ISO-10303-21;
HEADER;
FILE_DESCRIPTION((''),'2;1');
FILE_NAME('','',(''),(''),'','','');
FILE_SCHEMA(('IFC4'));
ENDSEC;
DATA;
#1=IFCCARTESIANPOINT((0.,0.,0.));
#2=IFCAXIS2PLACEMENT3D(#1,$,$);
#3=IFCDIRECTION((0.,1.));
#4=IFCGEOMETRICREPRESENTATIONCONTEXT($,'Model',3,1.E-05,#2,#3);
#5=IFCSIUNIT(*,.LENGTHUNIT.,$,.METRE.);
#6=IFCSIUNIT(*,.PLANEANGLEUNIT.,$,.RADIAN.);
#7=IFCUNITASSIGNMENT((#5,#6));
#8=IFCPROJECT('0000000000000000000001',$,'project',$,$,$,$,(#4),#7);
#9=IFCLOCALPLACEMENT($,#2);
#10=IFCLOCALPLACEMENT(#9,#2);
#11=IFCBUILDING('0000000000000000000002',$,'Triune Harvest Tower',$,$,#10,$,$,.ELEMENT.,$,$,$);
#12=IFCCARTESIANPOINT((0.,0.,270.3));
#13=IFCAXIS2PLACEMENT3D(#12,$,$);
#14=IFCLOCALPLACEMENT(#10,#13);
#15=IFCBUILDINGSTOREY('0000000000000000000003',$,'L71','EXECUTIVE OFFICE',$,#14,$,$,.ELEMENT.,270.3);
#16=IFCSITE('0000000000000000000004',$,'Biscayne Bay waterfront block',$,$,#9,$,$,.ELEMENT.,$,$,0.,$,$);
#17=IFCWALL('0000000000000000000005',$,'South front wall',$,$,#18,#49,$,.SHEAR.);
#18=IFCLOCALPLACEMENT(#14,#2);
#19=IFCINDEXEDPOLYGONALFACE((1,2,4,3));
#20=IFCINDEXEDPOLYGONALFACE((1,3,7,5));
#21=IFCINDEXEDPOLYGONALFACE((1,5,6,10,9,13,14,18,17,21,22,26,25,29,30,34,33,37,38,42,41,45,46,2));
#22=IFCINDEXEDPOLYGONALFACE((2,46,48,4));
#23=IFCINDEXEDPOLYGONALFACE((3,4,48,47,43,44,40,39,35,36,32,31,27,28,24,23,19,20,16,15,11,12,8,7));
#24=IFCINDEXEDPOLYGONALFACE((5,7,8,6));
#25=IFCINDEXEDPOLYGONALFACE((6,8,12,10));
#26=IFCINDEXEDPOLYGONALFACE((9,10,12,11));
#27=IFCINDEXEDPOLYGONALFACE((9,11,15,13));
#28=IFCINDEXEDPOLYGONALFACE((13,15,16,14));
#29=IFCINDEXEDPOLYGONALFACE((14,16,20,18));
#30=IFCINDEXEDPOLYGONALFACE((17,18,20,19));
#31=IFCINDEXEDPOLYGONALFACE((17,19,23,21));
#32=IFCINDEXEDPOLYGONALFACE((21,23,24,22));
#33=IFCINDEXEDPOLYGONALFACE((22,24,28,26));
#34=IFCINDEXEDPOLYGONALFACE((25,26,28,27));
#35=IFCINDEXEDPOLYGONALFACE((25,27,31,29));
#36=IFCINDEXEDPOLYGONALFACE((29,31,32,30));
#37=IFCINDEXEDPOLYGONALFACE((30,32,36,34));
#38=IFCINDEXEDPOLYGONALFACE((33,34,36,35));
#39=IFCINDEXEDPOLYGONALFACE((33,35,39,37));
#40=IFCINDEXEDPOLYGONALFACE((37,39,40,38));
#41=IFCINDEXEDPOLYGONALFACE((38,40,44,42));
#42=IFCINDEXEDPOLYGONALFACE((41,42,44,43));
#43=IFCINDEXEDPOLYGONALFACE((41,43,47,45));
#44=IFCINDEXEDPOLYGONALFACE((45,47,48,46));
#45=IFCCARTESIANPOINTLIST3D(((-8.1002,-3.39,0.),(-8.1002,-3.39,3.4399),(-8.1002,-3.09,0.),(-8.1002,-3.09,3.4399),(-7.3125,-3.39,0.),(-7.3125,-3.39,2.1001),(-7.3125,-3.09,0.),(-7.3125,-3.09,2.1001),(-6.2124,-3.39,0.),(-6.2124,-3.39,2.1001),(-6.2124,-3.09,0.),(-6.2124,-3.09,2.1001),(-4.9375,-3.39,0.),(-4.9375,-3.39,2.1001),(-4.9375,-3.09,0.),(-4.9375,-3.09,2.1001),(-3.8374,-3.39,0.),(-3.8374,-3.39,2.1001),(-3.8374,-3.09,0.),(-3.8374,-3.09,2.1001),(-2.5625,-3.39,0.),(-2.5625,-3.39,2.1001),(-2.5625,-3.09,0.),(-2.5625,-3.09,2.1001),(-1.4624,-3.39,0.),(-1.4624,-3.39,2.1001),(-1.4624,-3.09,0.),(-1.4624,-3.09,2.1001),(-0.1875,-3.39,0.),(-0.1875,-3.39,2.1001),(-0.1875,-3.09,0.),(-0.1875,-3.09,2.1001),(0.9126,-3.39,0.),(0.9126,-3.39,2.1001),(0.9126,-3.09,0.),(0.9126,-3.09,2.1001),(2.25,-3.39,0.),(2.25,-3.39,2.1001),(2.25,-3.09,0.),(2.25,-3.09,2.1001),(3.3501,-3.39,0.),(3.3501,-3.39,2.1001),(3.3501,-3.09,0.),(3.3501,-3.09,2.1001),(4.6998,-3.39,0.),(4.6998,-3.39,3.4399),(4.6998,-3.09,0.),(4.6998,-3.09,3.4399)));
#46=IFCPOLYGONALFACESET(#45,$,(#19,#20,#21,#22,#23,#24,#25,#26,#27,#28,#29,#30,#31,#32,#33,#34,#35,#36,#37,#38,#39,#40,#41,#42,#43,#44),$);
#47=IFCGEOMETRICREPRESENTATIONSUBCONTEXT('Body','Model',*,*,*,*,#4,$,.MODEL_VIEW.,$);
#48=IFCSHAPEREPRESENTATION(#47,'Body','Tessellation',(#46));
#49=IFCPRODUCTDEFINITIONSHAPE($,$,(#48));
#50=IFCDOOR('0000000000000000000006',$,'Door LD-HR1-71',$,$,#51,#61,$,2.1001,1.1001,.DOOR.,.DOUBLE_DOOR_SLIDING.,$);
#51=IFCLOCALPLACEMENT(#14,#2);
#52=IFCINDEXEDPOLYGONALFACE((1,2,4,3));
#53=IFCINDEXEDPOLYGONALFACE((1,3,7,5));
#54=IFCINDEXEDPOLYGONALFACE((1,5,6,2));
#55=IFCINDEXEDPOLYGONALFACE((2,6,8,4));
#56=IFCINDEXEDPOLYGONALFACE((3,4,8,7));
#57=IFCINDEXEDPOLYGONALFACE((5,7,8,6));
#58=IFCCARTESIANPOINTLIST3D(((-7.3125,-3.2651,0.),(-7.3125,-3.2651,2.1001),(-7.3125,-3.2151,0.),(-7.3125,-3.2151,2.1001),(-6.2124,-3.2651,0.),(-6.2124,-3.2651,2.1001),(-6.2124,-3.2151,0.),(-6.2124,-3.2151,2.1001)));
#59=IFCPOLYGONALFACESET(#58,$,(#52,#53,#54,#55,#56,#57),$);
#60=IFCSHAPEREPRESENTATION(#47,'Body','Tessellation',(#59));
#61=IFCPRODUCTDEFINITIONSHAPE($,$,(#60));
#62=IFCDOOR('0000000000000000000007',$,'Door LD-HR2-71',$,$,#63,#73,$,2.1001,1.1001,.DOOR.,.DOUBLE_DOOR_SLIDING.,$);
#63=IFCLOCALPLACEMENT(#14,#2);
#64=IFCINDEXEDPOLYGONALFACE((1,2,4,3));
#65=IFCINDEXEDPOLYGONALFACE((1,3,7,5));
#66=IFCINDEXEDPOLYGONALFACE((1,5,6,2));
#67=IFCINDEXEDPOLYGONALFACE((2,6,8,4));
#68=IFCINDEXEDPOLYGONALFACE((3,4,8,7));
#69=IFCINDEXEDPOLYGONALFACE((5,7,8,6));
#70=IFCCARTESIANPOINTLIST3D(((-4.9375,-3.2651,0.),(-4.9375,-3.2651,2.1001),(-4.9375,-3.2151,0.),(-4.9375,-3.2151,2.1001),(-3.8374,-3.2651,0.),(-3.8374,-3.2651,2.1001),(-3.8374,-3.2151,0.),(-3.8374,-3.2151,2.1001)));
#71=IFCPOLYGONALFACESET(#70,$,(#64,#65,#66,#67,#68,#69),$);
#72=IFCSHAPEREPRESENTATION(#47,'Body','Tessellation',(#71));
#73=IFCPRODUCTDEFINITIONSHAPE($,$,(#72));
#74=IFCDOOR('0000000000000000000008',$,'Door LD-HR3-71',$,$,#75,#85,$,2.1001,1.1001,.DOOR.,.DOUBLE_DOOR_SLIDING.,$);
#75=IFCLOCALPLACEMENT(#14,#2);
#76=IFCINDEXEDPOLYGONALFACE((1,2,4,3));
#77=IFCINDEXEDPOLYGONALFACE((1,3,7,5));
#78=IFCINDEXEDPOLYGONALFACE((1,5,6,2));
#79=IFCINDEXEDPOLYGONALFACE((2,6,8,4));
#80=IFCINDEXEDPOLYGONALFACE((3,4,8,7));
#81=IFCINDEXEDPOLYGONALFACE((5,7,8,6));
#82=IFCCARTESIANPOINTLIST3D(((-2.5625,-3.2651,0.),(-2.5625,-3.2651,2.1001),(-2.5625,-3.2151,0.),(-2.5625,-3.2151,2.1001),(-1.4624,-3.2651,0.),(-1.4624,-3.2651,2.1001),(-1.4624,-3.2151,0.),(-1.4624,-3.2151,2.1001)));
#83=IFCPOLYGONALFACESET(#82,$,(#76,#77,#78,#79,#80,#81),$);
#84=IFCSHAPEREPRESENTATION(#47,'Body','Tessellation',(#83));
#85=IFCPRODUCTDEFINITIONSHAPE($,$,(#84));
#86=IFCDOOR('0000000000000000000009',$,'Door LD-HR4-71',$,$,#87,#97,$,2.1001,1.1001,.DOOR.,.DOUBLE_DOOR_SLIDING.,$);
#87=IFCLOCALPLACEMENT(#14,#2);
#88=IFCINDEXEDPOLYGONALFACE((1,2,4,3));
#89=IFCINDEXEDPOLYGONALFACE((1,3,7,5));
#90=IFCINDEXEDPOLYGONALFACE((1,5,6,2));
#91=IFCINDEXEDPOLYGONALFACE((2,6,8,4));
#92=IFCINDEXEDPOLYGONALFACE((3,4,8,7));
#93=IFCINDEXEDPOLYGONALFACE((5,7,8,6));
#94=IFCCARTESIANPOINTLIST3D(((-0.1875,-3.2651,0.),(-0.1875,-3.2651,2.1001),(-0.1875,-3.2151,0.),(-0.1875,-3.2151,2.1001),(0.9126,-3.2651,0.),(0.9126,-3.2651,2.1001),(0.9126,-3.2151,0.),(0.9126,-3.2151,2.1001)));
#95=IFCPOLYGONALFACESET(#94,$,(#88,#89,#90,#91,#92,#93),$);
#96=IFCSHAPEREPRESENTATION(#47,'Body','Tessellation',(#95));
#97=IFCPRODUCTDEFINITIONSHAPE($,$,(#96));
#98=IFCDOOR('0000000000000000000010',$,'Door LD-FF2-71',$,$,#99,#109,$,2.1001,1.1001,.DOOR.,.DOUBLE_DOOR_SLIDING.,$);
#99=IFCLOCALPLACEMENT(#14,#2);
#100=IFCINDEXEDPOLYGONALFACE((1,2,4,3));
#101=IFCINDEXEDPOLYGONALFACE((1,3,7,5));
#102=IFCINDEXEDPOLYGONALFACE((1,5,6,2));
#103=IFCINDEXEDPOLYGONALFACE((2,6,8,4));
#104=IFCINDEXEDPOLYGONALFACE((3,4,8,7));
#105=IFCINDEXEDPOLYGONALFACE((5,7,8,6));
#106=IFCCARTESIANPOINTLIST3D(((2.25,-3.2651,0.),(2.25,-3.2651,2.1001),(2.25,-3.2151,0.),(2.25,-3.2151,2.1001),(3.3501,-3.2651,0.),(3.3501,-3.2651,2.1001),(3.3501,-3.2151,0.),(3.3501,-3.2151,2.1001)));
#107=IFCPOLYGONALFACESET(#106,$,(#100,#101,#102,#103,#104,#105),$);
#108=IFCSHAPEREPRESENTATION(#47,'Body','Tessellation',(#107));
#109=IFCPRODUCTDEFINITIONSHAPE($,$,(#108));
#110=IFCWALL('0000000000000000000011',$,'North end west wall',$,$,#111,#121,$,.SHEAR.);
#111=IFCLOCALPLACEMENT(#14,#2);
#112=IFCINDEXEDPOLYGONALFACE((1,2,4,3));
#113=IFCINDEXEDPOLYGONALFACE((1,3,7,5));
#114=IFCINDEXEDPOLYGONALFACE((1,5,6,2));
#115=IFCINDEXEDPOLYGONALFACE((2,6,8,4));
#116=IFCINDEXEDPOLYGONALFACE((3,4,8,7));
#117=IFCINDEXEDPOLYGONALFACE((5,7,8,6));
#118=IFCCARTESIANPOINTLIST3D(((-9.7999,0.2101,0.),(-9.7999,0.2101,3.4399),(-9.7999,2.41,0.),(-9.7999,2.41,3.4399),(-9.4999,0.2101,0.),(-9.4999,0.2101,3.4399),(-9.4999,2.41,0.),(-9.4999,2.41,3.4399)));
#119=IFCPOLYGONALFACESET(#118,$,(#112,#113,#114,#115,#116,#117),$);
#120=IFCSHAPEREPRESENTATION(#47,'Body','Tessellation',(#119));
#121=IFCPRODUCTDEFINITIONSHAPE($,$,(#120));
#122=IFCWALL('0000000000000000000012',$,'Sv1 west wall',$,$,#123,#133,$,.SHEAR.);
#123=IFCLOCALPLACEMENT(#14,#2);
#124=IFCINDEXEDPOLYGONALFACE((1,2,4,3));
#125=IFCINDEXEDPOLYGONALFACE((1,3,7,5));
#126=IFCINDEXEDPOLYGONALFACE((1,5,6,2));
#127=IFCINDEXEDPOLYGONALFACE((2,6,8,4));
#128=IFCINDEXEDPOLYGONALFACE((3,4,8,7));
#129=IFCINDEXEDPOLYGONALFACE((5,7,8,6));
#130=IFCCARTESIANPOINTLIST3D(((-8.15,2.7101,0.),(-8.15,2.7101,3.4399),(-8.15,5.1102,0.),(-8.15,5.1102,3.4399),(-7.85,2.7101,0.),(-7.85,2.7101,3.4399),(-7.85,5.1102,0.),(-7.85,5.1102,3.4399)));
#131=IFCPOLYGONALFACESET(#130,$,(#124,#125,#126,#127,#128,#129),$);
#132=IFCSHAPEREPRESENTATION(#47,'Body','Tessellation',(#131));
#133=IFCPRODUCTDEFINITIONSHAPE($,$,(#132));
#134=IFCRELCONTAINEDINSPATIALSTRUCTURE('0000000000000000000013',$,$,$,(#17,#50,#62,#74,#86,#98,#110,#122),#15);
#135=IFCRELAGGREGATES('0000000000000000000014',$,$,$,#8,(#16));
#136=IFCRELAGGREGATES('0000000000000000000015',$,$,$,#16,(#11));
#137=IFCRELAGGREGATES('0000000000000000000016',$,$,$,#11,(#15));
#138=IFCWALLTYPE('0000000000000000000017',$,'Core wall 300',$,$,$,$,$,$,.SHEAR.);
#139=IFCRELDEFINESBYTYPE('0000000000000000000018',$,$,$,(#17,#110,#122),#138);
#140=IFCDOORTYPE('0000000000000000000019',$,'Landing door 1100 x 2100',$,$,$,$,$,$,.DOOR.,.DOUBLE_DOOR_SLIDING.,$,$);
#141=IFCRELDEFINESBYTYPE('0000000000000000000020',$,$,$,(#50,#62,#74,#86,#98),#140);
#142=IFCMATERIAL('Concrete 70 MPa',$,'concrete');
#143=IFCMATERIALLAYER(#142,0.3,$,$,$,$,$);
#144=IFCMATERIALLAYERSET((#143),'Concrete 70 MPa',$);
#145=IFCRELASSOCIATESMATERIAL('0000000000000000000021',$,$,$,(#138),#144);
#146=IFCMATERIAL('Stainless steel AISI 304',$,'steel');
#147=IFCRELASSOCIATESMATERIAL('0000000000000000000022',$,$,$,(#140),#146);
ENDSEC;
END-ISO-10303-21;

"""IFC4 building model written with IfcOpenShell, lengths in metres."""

from ifc_helpers import new_model, si_unit, direction, frame, frame_2d, origin, place, context, subcontext, project, spatial, rectangle, extrude, source, transform, mapped, material, layer, layer_set, type_object, element, fill, save


model = new_model("IFC4")

# Units and contexts
model_context = context("Model", 3, precision=1e-05, world=origin(), true_north=direction((0.0, 1.0)))
body_context = subcontext(model_context, "Body", "Model", "MODEL_VIEW")
ifc_project = project(units=[si_unit("LENGTHUNIT", "METRE"), si_unit("PLANEANGLEUNIT", "RADIAN")], contexts=[model_context])

# Site, building, storey
site_placement = place(None, origin())
site = spatial("IfcSite", under=ifc_project, at=site_placement, Name="Biscayne Bay waterfront block", CompositionType="ELEMENT", RefElevation=0.0)
building_placement = place(site_placement, origin())
building = spatial("IfcBuilding", under=site, at=building_placement, Name="Triune Harvest Tower", CompositionType="ELEMENT")
storey_placement = place(building_placement, frame((0.0, 0.0, 270.3)))
storey = spatial("IfcBuildingStorey", under=building, at=storey_placement, Name="L71", Description="EXECUTIVE OFFICE", CompositionType="ELEMENT", Elevation=270.3)

# Shared definitions
ifc_material_1 = material(Name="Concrete 70 MPa", Category="concrete")
ifc_layer_1 = layer(ifc_material_1, 0.3)
ifc_layer_set_1 = layer_set([ifc_layer_1], Name="Concrete 70 MPa")
wall_type_1 = type_object("IfcWallType", Name="Core wall 300", PredefinedType="SHEAR", material=ifc_layer_set_1)

# Wall, openings, doors
shared_shape_1 = source(origin(), body_context, "Body", "SweptSolid", [
    extrude(rectangle(XDim=12.8, YDim=0.3, at=frame_2d((6.3999, 0.0))), origin(), (0.0, 0.0, 1.0), 3.4399),
])
wall_1_placement = place(storey_placement, frame((-8.1001, -3.24, 0.0), z_axis=(0.0, 0.0, 1.0), x_axis=(1.0, 0.0, 0.0)))
wall_1 = element("IfcWall", 1, at=wall_1_placement, inside=storey, type_object=wall_type_1, Name="South front wall", PredefinedType="SHEAR", context=body_context, shape_type="MappedRepresentation", body=[
    mapped(shared_shape_1, transform((0.0, 0.0, 0.0), scale=1.0)),
])
opening_1_placement = place(wall_1_placement, frame((0.7876, 0.0, 0.0)))
opening_1 = element("IfcOpeningElement", 2, at=opening_1_placement, cuts=wall_1, PredefinedType="OPENING", context=body_context, shape_type="SweptSolid", body=[
    extrude(rectangle(XDim=1.1001, YDim=2.1001, at=frame_2d((0.55, 1.05))), frame((0.0, 0.1602, 0.0), z_axis=(0.0, -1.0, 0.0), x_axis=(1.0, 0.0, 0.0)), (0.0, 0.0, 1.0), 0.3201),
])
opening_2_placement = place(wall_1_placement, frame((3.1626, 0.0, 0.0)))
opening_2 = element("IfcOpeningElement", 3, at=opening_2_placement, cuts=wall_1, PredefinedType="OPENING", context=body_context, shape_type="SweptSolid", body=[
    extrude(rectangle(XDim=1.1001, YDim=2.1001, at=frame_2d((0.55, 1.05))), frame((0.0, 0.1602, 0.0), z_axis=(0.0, -1.0, 0.0), x_axis=(1.0, 0.0, 0.0)), (0.0, 0.0, 1.0), 0.3201),
])
opening_3_placement = place(wall_1_placement, frame((5.5376, 0.0, 0.0)))
opening_3 = element("IfcOpeningElement", 4, at=opening_3_placement, cuts=wall_1, PredefinedType="OPENING", context=body_context, shape_type="SweptSolid", body=[
    extrude(rectangle(XDim=1.1001, YDim=2.1001, at=frame_2d((0.55, 1.05))), frame((0.0, 0.1602, 0.0), z_axis=(0.0, -1.0, 0.0), x_axis=(1.0, 0.0, 0.0)), (0.0, 0.0, 1.0), 0.3201),
])
opening_4_placement = place(wall_1_placement, frame((7.9126, 0.0, 0.0)))
opening_4 = element("IfcOpeningElement", 5, at=opening_4_placement, cuts=wall_1, PredefinedType="OPENING", context=body_context, shape_type="SweptSolid", body=[
    extrude(rectangle(XDim=1.1001, YDim=2.1001, at=frame_2d((0.55, 1.05))), frame((0.0, 0.1602, 0.0), z_axis=(0.0, -1.0, 0.0), x_axis=(1.0, 0.0, 0.0)), (0.0, 0.0, 1.0), 0.3201),
])
opening_5_placement = place(wall_1_placement, frame((10.3501, 0.0, 0.0)))
opening_5 = element("IfcOpeningElement", 6, at=opening_5_placement, cuts=wall_1, PredefinedType="OPENING", context=body_context, shape_type="SweptSolid", body=[
    extrude(rectangle(XDim=1.1001, YDim=2.1001, at=frame_2d((0.55, 1.05))), frame((0.0, 0.1602, 0.0), z_axis=(0.0, -1.0, 0.0), x_axis=(1.0, 0.0, 0.0)), (0.0, 0.0, 1.0), 0.3201),
])
ifc_material_2 = material(Name="Stainless steel AISI 304", Category="steel")
door_type_1 = type_object("IfcDoorType", Name="Landing door 1100 x 2100", OperationType="DOUBLE_DOOR_SLIDING", PredefinedType="DOOR", material=ifc_material_2)
door_1_placement = place(opening_1_placement, origin())
door_1 = element("IfcDoor", 7, at=door_1_placement, inside=storey, type_object=door_type_1, Name="Door LD-HR1-71", OperationType="DOUBLE_DOOR_SLIDING", OverallHeight=2.1001, OverallWidth=1.1001, PredefinedType="DOOR", context=body_context, shape_type="SweptSolid", body=[
    extrude(rectangle(XDim=1.1001, YDim=2.1001, at=frame_2d((0.55, 1.05))), frame((0.0, 0.0249, 0.0), z_axis=(0.0, -1.0, 0.0), x_axis=(1.0, 0.0, 0.0)), (0.0, 0.0, 1.0), 0.05),
])
fill(opening_1, door_1)
door_2_placement = place(opening_2_placement, origin())
door_2 = element("IfcDoor", 8, at=door_2_placement, inside=storey, type_object=door_type_1, Name="Door LD-HR2-71", OperationType="DOUBLE_DOOR_SLIDING", OverallHeight=2.1001, OverallWidth=1.1001, PredefinedType="DOOR", context=body_context, shape_type="SweptSolid", body=[
    extrude(rectangle(XDim=1.1001, YDim=2.1001, at=frame_2d((0.55, 1.05))), frame((0.0, 0.0249, 0.0), z_axis=(0.0, -1.0, 0.0), x_axis=(1.0, 0.0, 0.0)), (0.0, 0.0, 1.0), 0.05),
])
fill(opening_2, door_2)
door_3_placement = place(opening_3_placement, origin())
door_3 = element("IfcDoor", 9, at=door_3_placement, inside=storey, type_object=door_type_1, Name="Door LD-HR3-71", OperationType="DOUBLE_DOOR_SLIDING", OverallHeight=2.1001, OverallWidth=1.1001, PredefinedType="DOOR", context=body_context, shape_type="SweptSolid", body=[
    extrude(rectangle(XDim=1.1001, YDim=2.1001, at=frame_2d((0.55, 1.05))), frame((0.0, 0.0249, 0.0), z_axis=(0.0, -1.0, 0.0), x_axis=(1.0, 0.0, 0.0)), (0.0, 0.0, 1.0), 0.05),
])
fill(opening_3, door_3)
door_4_placement = place(opening_4_placement, origin())
door_4 = element("IfcDoor", 10, at=door_4_placement, inside=storey, type_object=door_type_1, Name="Door LD-HR4-71", OperationType="DOUBLE_DOOR_SLIDING", OverallHeight=2.1001, OverallWidth=1.1001, PredefinedType="DOOR", context=body_context, shape_type="SweptSolid", body=[
    extrude(rectangle(XDim=1.1001, YDim=2.1001, at=frame_2d((0.55, 1.05))), frame((0.0, 0.0249, 0.0), z_axis=(0.0, -1.0, 0.0), x_axis=(1.0, 0.0, 0.0)), (0.0, 0.0, 1.0), 0.05),
])
fill(opening_4, door_4)
door_5_placement = place(opening_5_placement, origin())
door_5 = element("IfcDoor", 11, at=door_5_placement, inside=storey, type_object=door_type_1, Name="Door LD-FF2-71", OperationType="DOUBLE_DOOR_SLIDING", OverallHeight=2.1001, OverallWidth=1.1001, PredefinedType="DOOR", context=body_context, shape_type="SweptSolid", body=[
    extrude(rectangle(XDim=1.1001, YDim=2.1001, at=frame_2d((0.55, 1.05))), frame((0.0, 0.0249, 0.0), z_axis=(0.0, -1.0, 0.0), x_axis=(1.0, 0.0, 0.0)), (0.0, 0.0, 1.0), 0.05),
])
fill(opening_5, door_5)

# Walls
shared_shape_2 = source(origin(), body_context, "Body", "SweptSolid", [
    extrude(rectangle(XDim=2.2, YDim=0.3, at=frame_2d((1.1001, 0.0))), origin(), (0.0, 0.0, 1.0), 3.4399),
])
wall_2_placement = place(storey_placement, frame((-9.6499, 0.21, 0.0), z_axis=(0.0, 0.0, 1.0), x_axis=(0.0, 1.0, 0.0)))
element("IfcWall", 12, at=wall_2_placement, inside=storey, type_object=wall_type_1, Name="North end west wall", PredefinedType="SHEAR", context=body_context, shape_type="MappedRepresentation", body=[
    mapped(shared_shape_2, transform((0.0, 0.0, 0.0), scale=1.0)),
])
shared_shape_3 = source(origin(), body_context, "Body", "SweptSolid", [
    extrude(rectangle(XDim=2.4001, YDim=0.3, at=frame_2d((1.2002, 0.0))), origin(), (0.0, 0.0, 1.0), 3.4399),
])
wall_3_placement = place(storey_placement, frame((-8.0, 2.71, 0.0), z_axis=(0.0, 0.0, 1.0), x_axis=(0.0, 1.0, 0.0)))
element("IfcWall", 13, at=wall_3_placement, inside=storey, type_object=wall_type_1, Name="Sv1 west wall", PredefinedType="SHEAR", context=body_context, shape_type="MappedRepresentation", body=[
    mapped(shared_shape_3, transform((0.0, 0.0, 0.0), scale=1.0)),
])

save(model, "model.ifc")
